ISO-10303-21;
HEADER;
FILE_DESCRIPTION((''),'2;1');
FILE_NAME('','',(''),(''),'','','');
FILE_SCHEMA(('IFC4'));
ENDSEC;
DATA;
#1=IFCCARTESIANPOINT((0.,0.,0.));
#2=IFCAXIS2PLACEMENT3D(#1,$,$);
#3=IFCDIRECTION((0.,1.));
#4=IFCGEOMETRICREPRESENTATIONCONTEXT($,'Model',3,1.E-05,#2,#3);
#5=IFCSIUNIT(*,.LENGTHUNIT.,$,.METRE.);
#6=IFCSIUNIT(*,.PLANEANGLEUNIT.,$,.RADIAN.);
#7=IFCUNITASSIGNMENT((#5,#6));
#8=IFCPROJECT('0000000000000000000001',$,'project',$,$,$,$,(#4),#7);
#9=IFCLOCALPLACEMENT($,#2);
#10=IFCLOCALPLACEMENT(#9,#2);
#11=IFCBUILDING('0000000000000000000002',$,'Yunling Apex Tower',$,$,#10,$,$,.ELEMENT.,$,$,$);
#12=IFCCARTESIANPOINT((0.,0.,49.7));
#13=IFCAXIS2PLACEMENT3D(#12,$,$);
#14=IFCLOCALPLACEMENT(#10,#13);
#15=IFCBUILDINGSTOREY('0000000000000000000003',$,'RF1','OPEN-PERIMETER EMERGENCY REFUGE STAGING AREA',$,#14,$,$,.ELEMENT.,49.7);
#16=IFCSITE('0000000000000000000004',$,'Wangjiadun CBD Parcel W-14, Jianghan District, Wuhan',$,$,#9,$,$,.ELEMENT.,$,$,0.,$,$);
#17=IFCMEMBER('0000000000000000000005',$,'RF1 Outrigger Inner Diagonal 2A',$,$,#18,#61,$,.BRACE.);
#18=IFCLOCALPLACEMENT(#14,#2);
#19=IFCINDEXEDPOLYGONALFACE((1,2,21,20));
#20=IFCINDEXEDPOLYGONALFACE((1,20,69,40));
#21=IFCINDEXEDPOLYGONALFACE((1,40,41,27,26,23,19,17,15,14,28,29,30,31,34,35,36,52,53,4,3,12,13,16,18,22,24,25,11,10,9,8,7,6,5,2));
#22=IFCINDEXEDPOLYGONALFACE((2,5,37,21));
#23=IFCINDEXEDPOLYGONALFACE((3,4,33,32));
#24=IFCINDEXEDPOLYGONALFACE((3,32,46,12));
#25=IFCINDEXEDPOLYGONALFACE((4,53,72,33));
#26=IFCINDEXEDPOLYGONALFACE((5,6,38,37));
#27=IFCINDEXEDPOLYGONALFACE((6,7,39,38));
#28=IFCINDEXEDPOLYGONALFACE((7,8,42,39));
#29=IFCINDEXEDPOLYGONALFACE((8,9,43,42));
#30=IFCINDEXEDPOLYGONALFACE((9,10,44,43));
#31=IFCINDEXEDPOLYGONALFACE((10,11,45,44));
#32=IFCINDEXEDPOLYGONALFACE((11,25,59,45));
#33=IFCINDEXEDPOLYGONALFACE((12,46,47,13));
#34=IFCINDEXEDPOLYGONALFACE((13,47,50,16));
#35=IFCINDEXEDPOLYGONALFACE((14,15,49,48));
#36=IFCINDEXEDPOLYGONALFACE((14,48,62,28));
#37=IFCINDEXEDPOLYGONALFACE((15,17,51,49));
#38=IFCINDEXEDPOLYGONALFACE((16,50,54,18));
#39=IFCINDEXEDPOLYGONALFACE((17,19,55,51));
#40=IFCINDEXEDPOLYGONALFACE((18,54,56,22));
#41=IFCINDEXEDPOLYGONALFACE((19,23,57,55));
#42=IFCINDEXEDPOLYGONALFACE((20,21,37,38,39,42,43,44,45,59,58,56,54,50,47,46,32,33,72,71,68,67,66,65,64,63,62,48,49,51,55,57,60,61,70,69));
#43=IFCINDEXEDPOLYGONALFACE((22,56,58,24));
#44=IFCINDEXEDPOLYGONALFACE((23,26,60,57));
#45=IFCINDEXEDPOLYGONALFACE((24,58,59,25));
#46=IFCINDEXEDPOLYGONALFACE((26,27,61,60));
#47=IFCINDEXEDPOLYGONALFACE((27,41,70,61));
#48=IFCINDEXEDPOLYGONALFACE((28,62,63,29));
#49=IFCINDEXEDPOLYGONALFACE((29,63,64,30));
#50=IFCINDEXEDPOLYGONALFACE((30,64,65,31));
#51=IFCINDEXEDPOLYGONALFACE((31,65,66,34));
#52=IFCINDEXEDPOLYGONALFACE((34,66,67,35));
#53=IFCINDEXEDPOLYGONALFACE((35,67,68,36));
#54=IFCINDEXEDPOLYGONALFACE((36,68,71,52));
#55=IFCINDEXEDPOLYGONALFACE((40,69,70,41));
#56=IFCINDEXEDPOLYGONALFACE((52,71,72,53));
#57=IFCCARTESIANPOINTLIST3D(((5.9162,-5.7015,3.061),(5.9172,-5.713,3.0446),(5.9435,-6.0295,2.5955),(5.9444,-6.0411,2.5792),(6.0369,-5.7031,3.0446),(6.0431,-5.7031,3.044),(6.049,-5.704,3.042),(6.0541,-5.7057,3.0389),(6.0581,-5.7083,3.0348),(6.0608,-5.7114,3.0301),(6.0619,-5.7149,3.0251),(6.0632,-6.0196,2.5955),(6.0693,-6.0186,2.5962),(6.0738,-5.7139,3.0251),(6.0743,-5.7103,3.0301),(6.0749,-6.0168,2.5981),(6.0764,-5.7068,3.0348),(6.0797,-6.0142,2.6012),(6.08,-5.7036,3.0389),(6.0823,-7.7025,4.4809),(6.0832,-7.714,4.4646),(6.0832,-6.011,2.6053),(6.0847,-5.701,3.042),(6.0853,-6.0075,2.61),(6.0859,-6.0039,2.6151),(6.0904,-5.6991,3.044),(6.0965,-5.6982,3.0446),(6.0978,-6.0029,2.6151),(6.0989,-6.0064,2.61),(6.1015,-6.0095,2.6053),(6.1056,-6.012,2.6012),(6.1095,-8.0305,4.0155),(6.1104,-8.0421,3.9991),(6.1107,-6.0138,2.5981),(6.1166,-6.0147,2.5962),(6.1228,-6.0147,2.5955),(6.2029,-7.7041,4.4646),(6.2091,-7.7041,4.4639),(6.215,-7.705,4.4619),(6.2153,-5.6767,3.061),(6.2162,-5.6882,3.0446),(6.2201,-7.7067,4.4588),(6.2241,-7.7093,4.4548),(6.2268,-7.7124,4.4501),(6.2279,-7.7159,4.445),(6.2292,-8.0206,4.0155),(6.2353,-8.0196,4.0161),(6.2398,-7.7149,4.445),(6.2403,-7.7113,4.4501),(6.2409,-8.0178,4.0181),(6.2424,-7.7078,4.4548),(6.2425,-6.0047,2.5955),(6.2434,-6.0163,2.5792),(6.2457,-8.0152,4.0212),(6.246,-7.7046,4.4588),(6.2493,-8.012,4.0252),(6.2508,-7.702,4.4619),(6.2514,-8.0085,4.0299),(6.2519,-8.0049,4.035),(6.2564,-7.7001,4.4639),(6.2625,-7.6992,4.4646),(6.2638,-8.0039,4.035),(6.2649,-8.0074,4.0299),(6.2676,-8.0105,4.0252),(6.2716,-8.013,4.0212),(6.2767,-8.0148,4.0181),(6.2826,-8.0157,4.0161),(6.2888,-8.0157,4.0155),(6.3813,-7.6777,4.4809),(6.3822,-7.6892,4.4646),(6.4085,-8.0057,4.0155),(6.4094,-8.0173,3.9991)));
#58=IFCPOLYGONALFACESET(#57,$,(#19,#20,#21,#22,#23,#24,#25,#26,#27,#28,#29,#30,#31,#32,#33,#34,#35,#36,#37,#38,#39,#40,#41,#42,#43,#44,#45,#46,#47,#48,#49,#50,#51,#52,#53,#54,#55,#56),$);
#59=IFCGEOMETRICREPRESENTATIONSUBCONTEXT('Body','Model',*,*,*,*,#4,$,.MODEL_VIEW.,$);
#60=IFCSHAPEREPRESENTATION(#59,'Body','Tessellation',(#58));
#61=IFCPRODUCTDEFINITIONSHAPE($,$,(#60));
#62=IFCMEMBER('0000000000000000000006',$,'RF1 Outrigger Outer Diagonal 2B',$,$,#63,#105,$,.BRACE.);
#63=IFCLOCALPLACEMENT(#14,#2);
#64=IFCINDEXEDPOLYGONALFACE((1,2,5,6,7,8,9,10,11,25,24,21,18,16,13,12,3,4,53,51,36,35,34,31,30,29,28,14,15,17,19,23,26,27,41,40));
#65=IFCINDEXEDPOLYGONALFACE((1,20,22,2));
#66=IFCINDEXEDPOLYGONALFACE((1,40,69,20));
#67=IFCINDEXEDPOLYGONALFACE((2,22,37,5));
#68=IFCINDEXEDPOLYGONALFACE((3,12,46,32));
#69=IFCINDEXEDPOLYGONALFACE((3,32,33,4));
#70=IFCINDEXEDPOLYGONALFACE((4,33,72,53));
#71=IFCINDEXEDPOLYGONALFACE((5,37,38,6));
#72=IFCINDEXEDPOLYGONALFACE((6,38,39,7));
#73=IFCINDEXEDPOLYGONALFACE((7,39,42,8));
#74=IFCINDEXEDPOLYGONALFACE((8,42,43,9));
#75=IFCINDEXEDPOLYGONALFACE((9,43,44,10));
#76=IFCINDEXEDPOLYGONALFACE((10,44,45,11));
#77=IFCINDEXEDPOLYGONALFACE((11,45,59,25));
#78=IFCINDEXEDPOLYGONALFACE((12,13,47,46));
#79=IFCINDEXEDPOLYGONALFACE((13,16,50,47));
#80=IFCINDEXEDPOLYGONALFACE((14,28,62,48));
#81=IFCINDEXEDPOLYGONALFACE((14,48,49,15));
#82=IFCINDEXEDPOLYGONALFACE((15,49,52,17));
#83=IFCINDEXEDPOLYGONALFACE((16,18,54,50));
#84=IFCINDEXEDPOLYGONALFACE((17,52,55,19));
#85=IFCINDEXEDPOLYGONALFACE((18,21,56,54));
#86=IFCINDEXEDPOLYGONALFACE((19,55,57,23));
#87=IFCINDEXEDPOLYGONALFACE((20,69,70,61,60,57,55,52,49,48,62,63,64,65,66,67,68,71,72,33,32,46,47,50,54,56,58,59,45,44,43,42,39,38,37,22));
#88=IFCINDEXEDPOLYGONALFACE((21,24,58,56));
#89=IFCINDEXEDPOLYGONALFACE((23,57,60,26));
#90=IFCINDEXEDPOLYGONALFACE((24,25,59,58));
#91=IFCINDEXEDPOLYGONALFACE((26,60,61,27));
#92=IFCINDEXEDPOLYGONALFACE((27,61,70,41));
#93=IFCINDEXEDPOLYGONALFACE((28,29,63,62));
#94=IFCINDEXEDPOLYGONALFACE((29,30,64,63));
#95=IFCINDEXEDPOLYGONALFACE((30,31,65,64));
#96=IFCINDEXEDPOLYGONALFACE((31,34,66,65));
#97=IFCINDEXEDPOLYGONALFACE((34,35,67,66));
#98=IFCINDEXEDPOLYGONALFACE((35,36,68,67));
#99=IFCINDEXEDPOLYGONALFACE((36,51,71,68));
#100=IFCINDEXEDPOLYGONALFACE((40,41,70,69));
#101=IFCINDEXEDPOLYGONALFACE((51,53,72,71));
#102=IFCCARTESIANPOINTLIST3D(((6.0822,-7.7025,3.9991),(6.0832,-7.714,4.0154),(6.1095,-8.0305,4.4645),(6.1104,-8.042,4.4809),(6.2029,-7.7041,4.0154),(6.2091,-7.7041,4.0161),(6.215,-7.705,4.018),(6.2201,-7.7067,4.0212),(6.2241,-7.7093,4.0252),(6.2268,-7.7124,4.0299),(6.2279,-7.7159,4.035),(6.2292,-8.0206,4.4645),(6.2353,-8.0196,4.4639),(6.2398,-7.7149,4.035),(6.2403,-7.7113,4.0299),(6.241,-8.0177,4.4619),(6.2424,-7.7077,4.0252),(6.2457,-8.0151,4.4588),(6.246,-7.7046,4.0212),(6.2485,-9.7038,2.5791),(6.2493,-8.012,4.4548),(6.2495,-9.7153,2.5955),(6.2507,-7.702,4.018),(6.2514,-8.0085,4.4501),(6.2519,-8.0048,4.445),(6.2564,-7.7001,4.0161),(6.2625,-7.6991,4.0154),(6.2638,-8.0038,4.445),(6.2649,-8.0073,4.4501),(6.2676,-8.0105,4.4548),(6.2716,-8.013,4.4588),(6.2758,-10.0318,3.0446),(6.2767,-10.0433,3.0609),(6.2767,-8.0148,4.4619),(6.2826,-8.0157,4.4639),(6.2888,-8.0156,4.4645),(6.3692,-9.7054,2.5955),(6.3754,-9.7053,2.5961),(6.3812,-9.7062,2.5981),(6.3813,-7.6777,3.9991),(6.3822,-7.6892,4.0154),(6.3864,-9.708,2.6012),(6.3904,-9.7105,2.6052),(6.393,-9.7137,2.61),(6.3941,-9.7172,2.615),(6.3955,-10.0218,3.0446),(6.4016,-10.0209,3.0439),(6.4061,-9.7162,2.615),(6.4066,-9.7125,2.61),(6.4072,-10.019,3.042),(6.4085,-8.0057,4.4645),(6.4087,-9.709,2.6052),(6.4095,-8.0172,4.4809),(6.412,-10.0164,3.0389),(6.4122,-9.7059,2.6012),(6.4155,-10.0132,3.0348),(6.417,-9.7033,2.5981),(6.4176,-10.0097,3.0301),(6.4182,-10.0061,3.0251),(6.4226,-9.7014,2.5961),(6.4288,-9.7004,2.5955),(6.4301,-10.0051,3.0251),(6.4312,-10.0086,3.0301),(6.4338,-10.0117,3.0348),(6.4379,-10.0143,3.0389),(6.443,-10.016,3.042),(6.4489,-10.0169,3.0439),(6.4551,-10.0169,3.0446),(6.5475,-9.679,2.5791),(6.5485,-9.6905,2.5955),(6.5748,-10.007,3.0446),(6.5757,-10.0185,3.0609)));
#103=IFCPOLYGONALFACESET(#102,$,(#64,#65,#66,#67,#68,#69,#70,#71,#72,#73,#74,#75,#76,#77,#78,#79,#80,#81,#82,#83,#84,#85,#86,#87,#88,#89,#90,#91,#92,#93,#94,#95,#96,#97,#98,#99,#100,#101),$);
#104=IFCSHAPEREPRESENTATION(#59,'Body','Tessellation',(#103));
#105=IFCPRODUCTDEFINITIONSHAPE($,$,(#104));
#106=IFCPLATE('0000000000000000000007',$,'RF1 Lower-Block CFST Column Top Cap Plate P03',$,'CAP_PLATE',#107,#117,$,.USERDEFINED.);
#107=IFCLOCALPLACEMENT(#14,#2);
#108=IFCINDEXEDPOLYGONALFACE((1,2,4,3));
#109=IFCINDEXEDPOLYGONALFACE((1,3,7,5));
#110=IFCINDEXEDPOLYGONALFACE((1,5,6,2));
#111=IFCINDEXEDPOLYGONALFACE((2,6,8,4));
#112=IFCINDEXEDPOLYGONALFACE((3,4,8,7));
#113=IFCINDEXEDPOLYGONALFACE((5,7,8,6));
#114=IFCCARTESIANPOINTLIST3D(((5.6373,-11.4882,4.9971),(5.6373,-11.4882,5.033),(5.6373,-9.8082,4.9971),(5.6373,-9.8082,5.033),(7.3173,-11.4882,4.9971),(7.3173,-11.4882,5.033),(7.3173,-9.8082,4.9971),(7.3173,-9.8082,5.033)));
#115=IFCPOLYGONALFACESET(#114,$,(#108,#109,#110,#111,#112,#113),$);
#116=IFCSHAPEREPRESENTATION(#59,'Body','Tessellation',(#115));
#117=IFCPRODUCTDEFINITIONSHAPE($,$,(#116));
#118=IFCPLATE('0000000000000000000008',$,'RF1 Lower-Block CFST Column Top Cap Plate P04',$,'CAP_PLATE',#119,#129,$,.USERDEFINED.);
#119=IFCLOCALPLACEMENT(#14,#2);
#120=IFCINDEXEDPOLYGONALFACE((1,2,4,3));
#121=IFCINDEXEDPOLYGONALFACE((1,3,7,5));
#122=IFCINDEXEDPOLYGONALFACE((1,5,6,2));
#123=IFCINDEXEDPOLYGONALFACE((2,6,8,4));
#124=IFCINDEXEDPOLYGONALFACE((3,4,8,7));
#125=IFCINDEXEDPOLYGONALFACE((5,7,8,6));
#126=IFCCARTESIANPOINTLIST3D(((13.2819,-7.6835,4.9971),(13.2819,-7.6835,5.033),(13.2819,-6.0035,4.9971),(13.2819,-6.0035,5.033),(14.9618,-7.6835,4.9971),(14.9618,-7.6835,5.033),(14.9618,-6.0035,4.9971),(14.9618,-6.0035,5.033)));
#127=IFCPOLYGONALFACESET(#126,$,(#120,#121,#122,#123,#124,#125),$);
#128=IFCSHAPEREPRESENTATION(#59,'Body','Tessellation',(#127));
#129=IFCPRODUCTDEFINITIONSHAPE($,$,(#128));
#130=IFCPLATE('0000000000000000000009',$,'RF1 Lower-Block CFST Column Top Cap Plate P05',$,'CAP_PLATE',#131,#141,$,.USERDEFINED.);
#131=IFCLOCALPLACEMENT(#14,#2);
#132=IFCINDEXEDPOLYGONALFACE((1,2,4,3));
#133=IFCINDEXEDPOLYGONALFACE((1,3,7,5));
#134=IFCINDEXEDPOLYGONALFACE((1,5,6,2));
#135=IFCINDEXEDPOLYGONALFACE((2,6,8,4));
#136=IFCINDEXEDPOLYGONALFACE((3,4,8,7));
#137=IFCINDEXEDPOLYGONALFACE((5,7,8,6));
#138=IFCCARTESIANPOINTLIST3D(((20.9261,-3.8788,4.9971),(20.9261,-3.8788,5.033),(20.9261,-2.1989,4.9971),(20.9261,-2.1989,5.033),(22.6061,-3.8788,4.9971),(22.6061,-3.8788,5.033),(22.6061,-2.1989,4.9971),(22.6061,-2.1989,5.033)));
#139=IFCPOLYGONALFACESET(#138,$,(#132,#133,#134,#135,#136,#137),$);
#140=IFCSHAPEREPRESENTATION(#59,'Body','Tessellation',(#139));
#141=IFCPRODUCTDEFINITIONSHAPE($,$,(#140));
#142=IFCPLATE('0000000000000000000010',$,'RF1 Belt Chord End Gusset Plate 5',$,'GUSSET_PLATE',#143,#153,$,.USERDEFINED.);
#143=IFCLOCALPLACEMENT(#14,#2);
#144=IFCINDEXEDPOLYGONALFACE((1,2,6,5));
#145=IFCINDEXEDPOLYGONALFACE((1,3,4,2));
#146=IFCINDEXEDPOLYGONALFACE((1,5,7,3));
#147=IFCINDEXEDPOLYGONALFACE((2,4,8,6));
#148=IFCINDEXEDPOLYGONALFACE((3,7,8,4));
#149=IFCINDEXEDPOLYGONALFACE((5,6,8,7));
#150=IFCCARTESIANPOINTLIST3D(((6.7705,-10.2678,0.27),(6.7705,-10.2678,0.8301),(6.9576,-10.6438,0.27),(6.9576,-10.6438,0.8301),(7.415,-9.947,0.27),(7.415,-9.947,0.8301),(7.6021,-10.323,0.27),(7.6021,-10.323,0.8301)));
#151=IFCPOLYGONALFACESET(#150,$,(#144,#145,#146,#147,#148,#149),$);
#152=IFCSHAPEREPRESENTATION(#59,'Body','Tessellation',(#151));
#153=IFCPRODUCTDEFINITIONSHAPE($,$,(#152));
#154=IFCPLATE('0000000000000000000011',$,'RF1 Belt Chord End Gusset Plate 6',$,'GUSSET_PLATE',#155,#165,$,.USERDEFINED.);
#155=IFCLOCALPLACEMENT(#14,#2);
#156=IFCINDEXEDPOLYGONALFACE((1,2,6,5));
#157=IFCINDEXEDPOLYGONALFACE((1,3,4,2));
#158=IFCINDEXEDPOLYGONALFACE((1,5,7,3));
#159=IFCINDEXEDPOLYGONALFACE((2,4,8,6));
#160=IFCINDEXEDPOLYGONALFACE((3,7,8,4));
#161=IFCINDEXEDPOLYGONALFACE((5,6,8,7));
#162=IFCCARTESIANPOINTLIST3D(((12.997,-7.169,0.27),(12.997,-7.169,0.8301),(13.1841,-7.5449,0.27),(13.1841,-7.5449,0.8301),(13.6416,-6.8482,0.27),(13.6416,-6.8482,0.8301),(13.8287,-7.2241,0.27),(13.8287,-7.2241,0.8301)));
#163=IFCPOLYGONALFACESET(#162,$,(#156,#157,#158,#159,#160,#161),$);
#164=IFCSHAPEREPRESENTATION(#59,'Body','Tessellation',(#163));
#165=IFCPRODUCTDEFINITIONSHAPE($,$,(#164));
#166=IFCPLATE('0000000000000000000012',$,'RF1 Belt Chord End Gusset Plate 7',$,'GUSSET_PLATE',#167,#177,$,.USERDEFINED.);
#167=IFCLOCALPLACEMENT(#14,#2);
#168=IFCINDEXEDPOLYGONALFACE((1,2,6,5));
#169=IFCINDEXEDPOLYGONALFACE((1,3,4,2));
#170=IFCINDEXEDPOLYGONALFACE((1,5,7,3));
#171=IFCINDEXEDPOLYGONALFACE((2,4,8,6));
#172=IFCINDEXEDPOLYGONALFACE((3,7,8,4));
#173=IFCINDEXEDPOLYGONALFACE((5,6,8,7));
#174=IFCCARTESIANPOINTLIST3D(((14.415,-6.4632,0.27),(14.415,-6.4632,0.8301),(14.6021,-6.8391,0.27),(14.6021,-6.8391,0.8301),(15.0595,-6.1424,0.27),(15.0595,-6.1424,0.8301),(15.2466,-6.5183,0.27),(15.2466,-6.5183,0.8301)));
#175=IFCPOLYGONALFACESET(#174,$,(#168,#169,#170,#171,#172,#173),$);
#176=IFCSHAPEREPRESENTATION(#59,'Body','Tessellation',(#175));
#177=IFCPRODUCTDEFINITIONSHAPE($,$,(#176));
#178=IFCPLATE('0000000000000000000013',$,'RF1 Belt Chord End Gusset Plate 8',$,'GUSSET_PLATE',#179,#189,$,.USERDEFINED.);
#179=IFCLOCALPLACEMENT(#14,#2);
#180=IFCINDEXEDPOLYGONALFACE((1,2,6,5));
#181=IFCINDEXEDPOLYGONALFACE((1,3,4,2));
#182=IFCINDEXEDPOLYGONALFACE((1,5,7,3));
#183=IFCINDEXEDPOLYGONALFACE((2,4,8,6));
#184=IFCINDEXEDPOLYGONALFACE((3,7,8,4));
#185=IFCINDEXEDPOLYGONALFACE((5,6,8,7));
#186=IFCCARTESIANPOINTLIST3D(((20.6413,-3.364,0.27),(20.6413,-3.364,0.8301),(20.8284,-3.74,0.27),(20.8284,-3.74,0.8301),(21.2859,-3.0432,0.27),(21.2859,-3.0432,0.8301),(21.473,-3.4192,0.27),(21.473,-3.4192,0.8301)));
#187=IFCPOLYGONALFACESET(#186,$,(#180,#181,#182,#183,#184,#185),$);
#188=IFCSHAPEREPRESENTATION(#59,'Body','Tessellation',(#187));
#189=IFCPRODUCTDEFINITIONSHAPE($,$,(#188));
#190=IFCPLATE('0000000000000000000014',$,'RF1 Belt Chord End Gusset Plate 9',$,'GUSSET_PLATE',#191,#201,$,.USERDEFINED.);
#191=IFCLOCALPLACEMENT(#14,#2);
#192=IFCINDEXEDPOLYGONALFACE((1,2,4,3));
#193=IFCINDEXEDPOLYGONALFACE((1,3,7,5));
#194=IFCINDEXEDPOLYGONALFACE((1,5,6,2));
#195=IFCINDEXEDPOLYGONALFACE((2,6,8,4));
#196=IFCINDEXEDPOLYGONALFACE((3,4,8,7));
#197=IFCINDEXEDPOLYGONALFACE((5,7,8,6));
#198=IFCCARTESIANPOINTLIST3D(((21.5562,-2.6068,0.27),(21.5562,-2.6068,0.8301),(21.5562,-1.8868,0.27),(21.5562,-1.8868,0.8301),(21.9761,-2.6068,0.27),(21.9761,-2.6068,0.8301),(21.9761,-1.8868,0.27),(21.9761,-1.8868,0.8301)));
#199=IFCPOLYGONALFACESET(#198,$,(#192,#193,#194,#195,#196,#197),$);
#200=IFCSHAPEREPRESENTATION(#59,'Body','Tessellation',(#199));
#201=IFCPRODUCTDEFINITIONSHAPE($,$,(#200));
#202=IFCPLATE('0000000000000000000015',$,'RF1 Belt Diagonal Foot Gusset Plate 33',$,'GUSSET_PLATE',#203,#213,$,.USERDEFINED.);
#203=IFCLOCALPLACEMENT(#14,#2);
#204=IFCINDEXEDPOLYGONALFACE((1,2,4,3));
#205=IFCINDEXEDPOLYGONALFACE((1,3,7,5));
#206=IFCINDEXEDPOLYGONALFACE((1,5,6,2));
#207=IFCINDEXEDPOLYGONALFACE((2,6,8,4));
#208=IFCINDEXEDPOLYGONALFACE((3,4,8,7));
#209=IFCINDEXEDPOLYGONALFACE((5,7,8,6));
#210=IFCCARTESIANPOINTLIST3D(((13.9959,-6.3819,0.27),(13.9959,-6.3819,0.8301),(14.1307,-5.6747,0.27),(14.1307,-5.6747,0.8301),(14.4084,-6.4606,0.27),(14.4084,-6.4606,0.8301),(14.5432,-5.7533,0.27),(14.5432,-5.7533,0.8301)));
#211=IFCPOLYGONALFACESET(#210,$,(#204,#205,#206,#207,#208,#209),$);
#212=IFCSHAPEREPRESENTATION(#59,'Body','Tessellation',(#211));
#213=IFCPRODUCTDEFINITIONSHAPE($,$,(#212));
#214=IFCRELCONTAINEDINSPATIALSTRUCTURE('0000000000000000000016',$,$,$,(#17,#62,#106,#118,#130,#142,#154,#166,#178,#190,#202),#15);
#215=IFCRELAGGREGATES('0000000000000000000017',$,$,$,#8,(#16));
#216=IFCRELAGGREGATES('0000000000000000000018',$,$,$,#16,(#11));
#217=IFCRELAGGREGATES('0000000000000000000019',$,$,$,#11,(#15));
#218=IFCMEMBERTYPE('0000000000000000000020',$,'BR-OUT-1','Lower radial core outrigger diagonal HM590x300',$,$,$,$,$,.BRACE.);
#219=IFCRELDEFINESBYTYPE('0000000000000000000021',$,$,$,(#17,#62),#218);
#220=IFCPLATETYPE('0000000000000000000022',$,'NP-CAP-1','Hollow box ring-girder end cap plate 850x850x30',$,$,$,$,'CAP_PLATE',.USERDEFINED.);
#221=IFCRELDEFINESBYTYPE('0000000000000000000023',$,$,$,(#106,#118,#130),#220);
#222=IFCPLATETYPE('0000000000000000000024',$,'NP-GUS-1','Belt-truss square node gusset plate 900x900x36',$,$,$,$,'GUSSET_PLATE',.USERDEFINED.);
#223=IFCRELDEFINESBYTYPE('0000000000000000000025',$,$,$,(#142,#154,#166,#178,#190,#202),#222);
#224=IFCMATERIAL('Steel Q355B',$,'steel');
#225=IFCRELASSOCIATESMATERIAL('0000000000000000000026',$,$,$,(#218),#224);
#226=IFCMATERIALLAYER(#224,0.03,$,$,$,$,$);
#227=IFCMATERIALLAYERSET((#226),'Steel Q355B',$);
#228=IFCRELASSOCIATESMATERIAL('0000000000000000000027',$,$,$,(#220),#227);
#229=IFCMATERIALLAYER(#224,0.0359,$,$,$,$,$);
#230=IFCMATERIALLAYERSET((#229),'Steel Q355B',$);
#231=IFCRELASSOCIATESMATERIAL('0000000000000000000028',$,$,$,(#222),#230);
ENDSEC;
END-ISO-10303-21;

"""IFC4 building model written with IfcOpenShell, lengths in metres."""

from ifc_helpers import new_model, si_unit, direction, frame, origin, origin_2d, place, context, subcontext, project, spatial, rectangle, i_section, extrude, source, transform, mapped, material, layer, layer_set, material_profile, profile_set, type_object, element, save


model = new_model("IFC4")

# Units and contexts
model_context = context("Model", 3, precision=1e-05, world=origin(), true_north=direction((0.0, 1.0)))
body_context = subcontext(model_context, "Body", "Model", "MODEL_VIEW")
ifc_project = project(units=[si_unit("LENGTHUNIT", "METRE"), si_unit("PLANEANGLEUNIT", "RADIAN")], contexts=[model_context])

# Site, building, storey
site_placement = place(None, origin())
site = spatial("IfcSite", under=ifc_project, at=site_placement, Name="Wangjiadun CBD Parcel W-14, Jianghan District, Wuhan", CompositionType="ELEMENT", RefElevation=0.0)
building_placement = place(site_placement, origin())
building = spatial("IfcBuilding", under=site, at=building_placement, Name="Yunling Apex Tower", CompositionType="ELEMENT")
storey_placement = place(building_placement, frame((0.0, 0.0, 49.7)))
storey = spatial("IfcBuildingStorey", under=building, at=storey_placement, Name="RF1", Description="OPEN-PERIMETER EMERGENCY REFUGE STAGING AREA", CompositionType="ELEMENT", Elevation=49.7)

# Shared definitions
ifc_material_1 = material(Name="Steel Q355B", Category="steel")

# Members
ifc_material_profile_1 = material_profile(ifc_material_1, i_section(OverallWidth=0.3, OverallDepth=0.5901, WebThickness=0.012, FlangeThickness=0.02, FilletRadius=0.0239, at=origin_2d()))
ifc_profile_set_1 = profile_set([ifc_material_profile_1], Name="Steel Q355B")
member_type_1 = type_object("IfcMemberType", Name="BR-OUT-1", Description="Lower radial core outrigger diagonal HM590x300", PredefinedType="BRACE", material=ifc_profile_set_1)
shared_shape_1 = source(origin(), body_context, "Body", "SweptSolid", [
    extrude(i_section(OverallWidth=0.3, OverallDepth=0.5901, WebThickness=0.012, FlangeThickness=0.02, FilletRadius=0.0239, at=origin_2d()), origin(), (0.0, 0.0, 1.0), 2.4592),
])
member_1_placement = place(storey_placement, frame((6.0798, -5.8589, 2.8201), z_axis=(0.067508, -0.813671, 0.577393), x_axis=(0.996576, 0.082683, 0.0)))
element("IfcMember", 1, at=member_1_placement, inside=storey, type_object=member_type_1, Name="RF1 Outrigger Inner Diagonal 2A", PredefinedType="BRACE", context=body_context, shape_type="MappedRepresentation", body=[
    mapped(shared_shape_1, transform((0.0, 0.0, 0.0), scale=1.0)),
])
shared_shape_2 = source(origin(), body_context, "Body", "SweptSolid", [
    extrude(i_section(OverallWidth=0.3, OverallDepth=0.5901, WebThickness=0.012, FlangeThickness=0.02, FilletRadius=0.0239, at=origin_2d()), origin(), (0.0, 0.0, 1.0), 2.4595),
])
member_2_placement = place(storey_placement, frame((6.2458, -7.8599, 4.24), z_axis=(0.067601, -0.813699, -0.577342), x_axis=(0.996567, 0.082794, 0.0)))
element("IfcMember", 2, at=member_2_placement, inside=storey, type_object=member_type_1, Name="RF1 Outrigger Outer Diagonal 2B", PredefinedType="BRACE", context=body_context, shape_type="MappedRepresentation", body=[
    mapped(shared_shape_2, transform((0.0, 0.0, 0.0), scale=1.0)),
])

# Plates
ifc_layer_1 = layer(ifc_material_1, 0.03)
ifc_layer_set_1 = layer_set([ifc_layer_1], Name="Steel Q355B")
plate_type_1 = type_object("IfcPlateType", Name="NP-CAP-1", Description="Hollow box ring-girder end cap plate 850x850x30", ElementType="CAP_PLATE", PredefinedType="USERDEFINED", material=ifc_layer_set_1)
shared_shape_3 = source(origin(), body_context, "Body", "SweptSolid", [
    extrude(rectangle(XDim=1.6799, YDim=1.6799, at=origin_2d()), origin(), (0.0, 0.0, 1.0), 0.0359),
])
for number, where, z_axis, x_axis, name in (
    (3, (6.4773, -10.6482, 4.9971), (0.0, 0.0, 1.0), (1.0, 0.0, 0.0), "RF1 Lower-Block CFST Column Top Cap Plate P03"),
    (4, (14.1218, -6.8435, 4.9971), (0.0, 0.0, 1.0), (1.0, 0.0, 0.0), "RF1 Lower-Block CFST Column Top Cap Plate P04"),
    (5, (21.7661, -3.0388, 4.9971), (0.0, 0.0, 1.0), (1.0, 0.0, 0.0), "RF1 Lower-Block CFST Column Top Cap Plate P05"),
):
    element("IfcPlate", number, at=place(storey_placement, frame(where, z_axis=z_axis, x_axis=x_axis)), inside=storey, type_object=plate_type_1, Name=name, ObjectType="CAP_PLATE", PredefinedType="USERDEFINED", context=body_context, shape_type="MappedRepresentation", body=[
        mapped(shared_shape_3, transform((0.0, 0.0, 0.0), scale=1.0)),
    ])
ifc_layer_2 = layer(ifc_material_1, 0.0359)
ifc_layer_set_2 = layer_set([ifc_layer_2], Name="Steel Q355B")
plate_type_2 = type_object("IfcPlateType", Name="NP-GUS-1", Description="Belt-truss square node gusset plate 900x900x36", ElementType="GUSSET_PLATE", PredefinedType="USERDEFINED", material=ifc_layer_set_2)
shared_shape_4 = source(origin(), body_context, "Body", "SweptSolid", [
    extrude(rectangle(XDim=0.72, YDim=0.4199, at=origin_2d()), origin(), (0.0, 0.0, 1.0), 0.5601),
])
for number, where, z_axis, x_axis, name in (
    (6, (7.1863, -10.2954, 0.27), (0.0, 0.0, 1.0), (0.895246, 0.445573, 0.0), "RF1 Belt Chord End Gusset Plate 5"),
    (7, (13.4128, -7.1965, 0.27), (0.0, 0.0, 1.0), (0.895246, 0.445573, 0.0), "RF1 Belt Chord End Gusset Plate 6"),
    (8, (14.8308, -6.4907, 0.27), (0.0, 0.0, 1.0), (0.895246, 0.445573, 0.0), "RF1 Belt Chord End Gusset Plate 7"),
    (9, (21.0571, -3.3916, 0.27), (0.0, 0.0, 1.0), (0.895246, 0.445573, 0.0), "RF1 Belt Chord End Gusset Plate 8"),
    (10, (21.7661, -2.2468, 0.27), (0.0, 0.0, 1.0), (0.0, 1.0, 0.0), "RF1 Belt Chord End Gusset Plate 9"),
    (11, (14.2695, -6.0676, 0.27), (0.0, 0.0, 1.0), (0.18721, 0.98232, 0.0), "RF1 Belt Diagonal Foot Gusset Plate 33"),
):
    element("IfcPlate", number, at=place(storey_placement, frame(where, z_axis=z_axis, x_axis=x_axis)), inside=storey, type_object=plate_type_2, Name=name, ObjectType="GUSSET_PLATE", PredefinedType="USERDEFINED", context=body_context, shape_type="MappedRepresentation", body=[
        mapped(shared_shape_4, transform((0.0, 0.0, 0.0), scale=1.0)),
    ])

save(model, "model.ifc")
